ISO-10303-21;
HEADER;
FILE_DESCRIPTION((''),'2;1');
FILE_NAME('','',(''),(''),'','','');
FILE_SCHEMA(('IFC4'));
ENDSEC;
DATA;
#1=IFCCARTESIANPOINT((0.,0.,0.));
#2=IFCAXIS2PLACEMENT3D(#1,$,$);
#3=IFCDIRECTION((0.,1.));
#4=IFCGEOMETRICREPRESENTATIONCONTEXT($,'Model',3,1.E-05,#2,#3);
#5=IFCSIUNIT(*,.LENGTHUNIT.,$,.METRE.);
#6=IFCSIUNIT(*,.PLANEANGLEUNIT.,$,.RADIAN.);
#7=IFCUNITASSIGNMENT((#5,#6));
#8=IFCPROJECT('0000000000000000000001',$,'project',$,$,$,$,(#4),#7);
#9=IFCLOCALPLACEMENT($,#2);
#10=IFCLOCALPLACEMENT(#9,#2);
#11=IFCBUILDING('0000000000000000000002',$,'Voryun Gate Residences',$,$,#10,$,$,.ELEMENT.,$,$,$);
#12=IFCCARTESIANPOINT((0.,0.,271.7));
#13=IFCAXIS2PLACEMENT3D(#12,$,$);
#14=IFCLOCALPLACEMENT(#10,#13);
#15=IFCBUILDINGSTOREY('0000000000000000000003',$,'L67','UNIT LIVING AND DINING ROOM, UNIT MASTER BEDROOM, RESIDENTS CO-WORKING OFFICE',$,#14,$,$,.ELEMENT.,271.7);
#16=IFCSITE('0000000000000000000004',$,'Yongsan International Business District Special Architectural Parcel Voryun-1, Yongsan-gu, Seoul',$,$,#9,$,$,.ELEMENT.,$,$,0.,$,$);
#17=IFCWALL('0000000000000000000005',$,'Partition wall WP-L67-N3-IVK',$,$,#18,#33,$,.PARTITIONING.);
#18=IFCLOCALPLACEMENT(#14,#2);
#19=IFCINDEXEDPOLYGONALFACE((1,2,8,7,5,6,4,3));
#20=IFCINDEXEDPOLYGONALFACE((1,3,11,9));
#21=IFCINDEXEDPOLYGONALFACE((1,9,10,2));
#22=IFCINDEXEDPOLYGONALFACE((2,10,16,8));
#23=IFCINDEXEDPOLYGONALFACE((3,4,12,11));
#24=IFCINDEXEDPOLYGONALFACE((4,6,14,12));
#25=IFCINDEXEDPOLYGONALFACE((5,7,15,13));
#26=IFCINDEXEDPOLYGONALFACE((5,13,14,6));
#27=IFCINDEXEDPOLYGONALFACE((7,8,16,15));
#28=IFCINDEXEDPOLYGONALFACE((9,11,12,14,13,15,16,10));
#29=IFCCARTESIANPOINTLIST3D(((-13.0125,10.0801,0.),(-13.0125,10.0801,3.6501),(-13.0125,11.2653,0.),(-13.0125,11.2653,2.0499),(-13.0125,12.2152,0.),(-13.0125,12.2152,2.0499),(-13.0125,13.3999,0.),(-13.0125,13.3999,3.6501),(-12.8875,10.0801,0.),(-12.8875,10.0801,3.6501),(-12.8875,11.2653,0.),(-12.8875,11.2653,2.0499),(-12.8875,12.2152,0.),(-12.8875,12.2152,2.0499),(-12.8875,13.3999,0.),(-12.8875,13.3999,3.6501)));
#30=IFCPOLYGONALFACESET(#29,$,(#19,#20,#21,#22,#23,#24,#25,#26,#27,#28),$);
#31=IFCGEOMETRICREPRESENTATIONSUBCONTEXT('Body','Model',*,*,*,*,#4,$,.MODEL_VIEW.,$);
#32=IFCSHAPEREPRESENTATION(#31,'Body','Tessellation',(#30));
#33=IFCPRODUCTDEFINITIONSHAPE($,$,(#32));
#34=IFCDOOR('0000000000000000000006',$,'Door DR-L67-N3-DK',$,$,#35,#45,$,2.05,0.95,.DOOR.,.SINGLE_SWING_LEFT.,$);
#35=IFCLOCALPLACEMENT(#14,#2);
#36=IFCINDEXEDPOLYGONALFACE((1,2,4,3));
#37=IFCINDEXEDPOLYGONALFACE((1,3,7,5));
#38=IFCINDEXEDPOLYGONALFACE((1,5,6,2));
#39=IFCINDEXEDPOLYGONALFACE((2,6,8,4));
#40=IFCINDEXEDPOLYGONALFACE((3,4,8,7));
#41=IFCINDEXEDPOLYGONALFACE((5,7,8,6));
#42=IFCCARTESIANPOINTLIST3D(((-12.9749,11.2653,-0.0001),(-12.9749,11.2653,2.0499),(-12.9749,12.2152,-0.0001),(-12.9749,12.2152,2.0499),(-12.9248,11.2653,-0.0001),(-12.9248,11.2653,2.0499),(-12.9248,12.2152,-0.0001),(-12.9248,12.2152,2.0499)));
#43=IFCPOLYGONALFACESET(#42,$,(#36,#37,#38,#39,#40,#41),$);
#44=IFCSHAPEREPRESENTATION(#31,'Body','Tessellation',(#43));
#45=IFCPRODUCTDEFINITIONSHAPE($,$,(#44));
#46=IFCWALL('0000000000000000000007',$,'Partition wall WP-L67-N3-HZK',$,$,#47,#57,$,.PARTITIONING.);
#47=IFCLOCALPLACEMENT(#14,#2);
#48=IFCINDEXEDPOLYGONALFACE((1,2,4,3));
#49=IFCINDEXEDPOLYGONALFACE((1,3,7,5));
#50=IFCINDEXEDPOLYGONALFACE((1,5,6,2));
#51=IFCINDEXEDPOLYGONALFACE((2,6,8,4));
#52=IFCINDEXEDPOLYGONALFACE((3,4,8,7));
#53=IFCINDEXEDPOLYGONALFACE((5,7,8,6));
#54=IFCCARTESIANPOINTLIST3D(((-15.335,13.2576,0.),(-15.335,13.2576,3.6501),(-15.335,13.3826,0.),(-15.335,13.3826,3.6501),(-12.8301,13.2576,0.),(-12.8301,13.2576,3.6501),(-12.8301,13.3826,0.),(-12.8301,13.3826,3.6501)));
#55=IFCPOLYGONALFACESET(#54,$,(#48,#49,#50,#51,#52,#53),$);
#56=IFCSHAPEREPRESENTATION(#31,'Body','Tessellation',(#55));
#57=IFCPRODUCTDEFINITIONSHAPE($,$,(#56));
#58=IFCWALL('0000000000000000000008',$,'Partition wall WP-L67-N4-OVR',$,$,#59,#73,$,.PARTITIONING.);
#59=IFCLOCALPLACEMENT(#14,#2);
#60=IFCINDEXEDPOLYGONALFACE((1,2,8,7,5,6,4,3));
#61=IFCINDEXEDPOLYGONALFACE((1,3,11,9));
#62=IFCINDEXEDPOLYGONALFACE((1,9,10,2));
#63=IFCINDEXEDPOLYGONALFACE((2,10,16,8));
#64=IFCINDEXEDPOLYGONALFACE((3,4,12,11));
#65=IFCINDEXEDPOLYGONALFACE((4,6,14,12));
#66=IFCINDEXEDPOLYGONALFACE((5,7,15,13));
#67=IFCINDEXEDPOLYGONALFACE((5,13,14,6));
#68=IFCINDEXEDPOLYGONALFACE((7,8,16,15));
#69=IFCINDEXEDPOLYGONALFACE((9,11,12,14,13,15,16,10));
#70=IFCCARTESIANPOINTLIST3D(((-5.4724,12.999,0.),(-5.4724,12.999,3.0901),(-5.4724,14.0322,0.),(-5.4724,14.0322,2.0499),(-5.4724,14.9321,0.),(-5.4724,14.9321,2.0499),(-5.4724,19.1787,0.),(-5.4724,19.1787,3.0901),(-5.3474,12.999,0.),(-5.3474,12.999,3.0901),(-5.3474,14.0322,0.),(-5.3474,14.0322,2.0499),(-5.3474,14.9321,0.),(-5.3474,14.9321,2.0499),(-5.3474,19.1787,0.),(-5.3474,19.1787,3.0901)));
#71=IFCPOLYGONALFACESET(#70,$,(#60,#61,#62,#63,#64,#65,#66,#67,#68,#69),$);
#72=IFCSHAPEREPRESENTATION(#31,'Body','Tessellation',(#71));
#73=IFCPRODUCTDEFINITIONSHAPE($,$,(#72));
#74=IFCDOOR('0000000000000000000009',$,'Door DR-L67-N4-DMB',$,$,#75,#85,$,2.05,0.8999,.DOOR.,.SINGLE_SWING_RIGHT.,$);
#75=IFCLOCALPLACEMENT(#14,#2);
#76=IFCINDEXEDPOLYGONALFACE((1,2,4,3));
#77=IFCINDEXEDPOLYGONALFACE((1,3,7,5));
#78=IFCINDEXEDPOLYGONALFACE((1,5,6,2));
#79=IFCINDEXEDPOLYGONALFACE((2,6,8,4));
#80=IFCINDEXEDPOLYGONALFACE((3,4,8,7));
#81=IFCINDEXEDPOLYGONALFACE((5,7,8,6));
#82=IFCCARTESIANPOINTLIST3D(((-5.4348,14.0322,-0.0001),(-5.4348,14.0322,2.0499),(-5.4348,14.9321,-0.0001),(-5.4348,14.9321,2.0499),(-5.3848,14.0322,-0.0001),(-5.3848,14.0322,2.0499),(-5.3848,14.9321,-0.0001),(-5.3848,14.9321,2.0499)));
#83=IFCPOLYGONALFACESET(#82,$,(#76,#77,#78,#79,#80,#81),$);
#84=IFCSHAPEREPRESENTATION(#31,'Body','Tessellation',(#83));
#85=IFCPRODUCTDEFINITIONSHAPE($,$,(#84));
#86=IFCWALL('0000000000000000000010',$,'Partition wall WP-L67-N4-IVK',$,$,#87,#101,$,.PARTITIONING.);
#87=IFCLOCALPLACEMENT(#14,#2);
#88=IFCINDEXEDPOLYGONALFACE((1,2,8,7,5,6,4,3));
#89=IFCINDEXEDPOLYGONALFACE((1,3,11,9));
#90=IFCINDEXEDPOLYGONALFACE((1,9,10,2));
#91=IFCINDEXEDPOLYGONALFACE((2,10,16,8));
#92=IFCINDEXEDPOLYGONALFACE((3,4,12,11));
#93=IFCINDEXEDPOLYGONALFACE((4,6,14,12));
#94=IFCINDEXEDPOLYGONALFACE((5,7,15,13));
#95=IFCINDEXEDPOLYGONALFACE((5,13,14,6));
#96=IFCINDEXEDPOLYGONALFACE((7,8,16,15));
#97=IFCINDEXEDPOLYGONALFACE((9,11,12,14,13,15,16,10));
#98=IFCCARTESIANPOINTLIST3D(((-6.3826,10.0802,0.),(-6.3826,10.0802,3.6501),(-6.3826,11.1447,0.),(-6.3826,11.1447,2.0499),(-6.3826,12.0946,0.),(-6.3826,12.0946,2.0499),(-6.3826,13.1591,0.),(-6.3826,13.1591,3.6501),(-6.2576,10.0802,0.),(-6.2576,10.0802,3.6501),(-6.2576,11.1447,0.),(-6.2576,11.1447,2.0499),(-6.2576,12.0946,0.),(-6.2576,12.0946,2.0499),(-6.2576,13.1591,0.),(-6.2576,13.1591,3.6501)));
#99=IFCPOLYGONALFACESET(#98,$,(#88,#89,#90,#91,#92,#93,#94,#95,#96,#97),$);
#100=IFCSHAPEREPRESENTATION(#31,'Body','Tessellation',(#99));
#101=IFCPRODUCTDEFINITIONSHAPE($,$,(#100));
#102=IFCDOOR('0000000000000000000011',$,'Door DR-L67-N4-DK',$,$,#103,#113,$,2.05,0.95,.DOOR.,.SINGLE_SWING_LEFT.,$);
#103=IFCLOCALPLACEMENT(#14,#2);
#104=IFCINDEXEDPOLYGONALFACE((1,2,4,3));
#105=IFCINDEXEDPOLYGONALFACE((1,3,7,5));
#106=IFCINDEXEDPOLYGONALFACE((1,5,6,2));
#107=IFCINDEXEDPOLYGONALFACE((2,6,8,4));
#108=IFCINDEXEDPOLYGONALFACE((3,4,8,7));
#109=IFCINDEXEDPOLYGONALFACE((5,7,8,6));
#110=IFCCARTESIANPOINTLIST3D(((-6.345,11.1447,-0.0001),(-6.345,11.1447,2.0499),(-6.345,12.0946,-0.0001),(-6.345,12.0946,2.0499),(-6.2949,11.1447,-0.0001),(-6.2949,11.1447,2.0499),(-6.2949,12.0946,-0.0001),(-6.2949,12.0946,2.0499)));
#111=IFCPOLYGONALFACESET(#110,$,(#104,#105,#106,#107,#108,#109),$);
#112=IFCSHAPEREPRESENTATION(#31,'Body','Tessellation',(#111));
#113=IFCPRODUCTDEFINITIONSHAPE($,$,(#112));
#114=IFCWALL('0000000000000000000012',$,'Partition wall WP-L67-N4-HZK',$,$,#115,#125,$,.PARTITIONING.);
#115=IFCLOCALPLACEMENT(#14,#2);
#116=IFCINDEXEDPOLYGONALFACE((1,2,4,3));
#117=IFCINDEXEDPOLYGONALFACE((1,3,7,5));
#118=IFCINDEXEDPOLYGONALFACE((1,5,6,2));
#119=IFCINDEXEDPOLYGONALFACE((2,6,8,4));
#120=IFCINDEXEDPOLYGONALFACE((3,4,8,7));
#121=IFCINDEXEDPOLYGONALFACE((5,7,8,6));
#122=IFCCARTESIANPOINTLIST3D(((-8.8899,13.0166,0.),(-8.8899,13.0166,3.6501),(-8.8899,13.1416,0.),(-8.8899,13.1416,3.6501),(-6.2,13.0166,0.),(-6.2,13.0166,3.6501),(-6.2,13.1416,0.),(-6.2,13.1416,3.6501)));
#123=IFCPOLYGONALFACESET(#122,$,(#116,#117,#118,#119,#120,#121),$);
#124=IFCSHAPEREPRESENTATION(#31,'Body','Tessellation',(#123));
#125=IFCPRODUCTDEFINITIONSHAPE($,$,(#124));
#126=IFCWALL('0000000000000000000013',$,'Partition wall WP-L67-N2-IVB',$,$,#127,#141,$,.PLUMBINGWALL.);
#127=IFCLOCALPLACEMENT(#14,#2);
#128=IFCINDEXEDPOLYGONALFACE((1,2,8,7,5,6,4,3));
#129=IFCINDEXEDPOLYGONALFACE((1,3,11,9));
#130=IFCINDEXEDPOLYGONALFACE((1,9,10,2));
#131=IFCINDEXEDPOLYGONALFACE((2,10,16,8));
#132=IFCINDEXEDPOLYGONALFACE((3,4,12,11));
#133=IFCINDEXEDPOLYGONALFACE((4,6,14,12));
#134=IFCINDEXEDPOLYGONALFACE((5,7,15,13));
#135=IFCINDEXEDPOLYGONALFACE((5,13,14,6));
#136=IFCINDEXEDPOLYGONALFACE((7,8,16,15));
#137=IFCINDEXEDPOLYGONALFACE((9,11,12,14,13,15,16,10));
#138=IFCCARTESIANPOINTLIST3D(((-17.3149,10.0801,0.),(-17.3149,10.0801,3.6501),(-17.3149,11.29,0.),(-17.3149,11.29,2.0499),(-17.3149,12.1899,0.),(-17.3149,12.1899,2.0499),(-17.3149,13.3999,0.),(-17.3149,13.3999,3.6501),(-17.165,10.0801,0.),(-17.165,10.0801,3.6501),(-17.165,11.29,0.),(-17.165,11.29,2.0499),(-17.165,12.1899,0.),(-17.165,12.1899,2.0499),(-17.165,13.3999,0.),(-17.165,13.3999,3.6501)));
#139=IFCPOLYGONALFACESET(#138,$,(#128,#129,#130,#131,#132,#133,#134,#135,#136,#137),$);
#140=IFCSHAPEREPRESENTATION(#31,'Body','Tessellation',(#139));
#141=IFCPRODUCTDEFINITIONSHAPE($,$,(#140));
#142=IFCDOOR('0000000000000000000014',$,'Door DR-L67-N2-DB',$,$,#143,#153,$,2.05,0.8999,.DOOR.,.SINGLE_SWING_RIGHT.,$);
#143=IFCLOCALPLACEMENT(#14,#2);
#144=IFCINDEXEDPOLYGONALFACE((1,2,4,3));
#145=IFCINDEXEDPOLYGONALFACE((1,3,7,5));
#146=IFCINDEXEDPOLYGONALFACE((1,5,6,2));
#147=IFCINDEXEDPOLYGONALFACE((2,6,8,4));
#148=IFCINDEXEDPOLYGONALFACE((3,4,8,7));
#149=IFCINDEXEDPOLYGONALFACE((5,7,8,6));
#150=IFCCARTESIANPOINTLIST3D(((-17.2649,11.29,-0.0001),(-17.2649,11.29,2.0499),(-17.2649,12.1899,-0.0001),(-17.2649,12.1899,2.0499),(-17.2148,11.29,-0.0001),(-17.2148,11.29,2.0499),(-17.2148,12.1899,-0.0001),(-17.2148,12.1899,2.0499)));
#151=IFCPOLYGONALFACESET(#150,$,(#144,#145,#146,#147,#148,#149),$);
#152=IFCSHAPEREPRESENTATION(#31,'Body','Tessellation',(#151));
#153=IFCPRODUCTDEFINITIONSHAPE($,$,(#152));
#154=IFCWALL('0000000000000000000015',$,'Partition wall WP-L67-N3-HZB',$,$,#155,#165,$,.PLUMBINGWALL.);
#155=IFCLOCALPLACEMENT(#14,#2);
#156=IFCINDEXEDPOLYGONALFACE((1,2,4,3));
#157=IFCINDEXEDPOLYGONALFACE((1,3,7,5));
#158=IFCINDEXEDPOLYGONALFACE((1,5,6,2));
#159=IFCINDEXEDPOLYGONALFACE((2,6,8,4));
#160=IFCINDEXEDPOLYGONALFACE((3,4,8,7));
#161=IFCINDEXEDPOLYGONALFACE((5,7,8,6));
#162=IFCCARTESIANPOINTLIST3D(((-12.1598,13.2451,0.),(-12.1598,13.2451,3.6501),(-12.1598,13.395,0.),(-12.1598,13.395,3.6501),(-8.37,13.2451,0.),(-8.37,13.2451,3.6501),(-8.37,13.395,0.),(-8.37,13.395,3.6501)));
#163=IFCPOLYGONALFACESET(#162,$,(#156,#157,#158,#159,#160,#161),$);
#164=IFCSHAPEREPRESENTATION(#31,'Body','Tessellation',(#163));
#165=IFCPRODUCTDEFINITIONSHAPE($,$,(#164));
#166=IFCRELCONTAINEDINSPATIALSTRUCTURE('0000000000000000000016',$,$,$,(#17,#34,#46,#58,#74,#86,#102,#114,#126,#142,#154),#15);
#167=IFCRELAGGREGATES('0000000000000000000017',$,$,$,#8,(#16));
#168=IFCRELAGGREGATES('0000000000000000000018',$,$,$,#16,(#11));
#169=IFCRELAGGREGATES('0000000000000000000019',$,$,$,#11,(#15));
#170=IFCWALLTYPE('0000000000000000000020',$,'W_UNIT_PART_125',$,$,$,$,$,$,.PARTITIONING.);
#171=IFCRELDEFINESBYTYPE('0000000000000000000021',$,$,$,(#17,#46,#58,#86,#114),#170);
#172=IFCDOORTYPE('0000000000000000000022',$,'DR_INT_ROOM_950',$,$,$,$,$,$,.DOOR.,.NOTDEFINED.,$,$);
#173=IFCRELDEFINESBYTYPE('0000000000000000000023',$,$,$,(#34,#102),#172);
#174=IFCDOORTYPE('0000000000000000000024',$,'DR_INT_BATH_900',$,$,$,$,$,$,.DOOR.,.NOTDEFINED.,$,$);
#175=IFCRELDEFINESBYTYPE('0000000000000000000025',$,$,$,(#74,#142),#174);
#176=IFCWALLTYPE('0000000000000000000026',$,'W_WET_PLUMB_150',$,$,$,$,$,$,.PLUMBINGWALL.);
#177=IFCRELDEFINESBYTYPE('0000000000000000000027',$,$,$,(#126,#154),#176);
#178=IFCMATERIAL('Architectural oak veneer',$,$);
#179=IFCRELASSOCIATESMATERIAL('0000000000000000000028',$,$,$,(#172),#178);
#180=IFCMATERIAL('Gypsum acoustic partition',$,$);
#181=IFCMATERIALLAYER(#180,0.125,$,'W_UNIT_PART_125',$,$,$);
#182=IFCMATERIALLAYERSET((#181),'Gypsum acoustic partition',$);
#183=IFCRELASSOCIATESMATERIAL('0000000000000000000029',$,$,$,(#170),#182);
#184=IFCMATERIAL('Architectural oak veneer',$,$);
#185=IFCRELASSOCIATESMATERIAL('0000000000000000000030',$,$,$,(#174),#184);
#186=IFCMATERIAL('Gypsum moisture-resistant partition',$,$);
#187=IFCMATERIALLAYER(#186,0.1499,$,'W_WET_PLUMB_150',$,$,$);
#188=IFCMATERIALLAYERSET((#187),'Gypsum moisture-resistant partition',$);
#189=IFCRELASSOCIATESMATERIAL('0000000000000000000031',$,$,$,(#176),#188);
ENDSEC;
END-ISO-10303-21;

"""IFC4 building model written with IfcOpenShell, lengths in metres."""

from ifc_helpers import new_model, si_unit, direction, frame, frame_2d, origin, place, context, subcontext, project, spatial, rectangle, extrude, material, layer, layer_set, type_object, element, fill, save


model = new_model("IFC4")

# Units and contexts
model_context = context("Model", 3, precision=1e-05, world=origin(), true_north=direction((0.0, 1.0)))
body_context = subcontext(model_context, "Body", "Model", "MODEL_VIEW")
ifc_project = project(units=[si_unit("LENGTHUNIT", "METRE"), si_unit("PLANEANGLEUNIT", "RADIAN")], contexts=[model_context])

# Site, building, storey
site_placement = place(None, origin())
site = spatial("IfcSite", under=ifc_project, at=site_placement, Name="Yongsan International Business District Special Architectural Parcel Voryun-1, Yongsan-gu, Seoul", CompositionType="ELEMENT", RefElevation=0.0)
building_placement = place(site_placement, origin())
building = spatial("IfcBuilding", under=site, at=building_placement, Name="Voryun Gate Residences", CompositionType="ELEMENT")
storey_placement = place(building_placement, frame((0.0, 0.0, 271.7)))
storey = spatial("IfcBuildingStorey", under=building, at=storey_placement, Name="L67", Description="UNIT LIVING AND DINING ROOM, UNIT MASTER BEDROOM, RESIDENTS CO-WORKING OFFICE", CompositionType="ELEMENT", Elevation=271.7)

# Shared definitions
ifc_material_1 = material(Name="Architectural oak veneer")
door_type_1 = type_object("IfcDoorType", Name="DR_INT_ROOM_950", OperationType="NOTDEFINED", PredefinedType="DOOR", material=ifc_material_1)

# Wall, opening, door
ifc_material_2 = material(Name="Gypsum acoustic partition")
ifc_layer_1 = layer(ifc_material_2, 0.125, Name="W_UNIT_PART_125")
ifc_layer_set_1 = layer_set([ifc_layer_1], Name="Gypsum acoustic partition")
wall_type_1 = type_object("IfcWallType", Name="W_UNIT_PART_125", PredefinedType="PARTITIONING", material=ifc_layer_set_1)
ifc_material_3 = material(Name="Architectural oak veneer")
door_type_2 = type_object("IfcDoorType", Name="DR_INT_BATH_900", OperationType="NOTDEFINED", PredefinedType="DOOR", material=ifc_material_3)
wall_1_placement = place(storey_placement, frame((-12.95, 10.0801, 0.0), z_axis=(0.0, 0.0, 1.0), x_axis=(0.0, 1.0, 0.0)))
wall_1 = element("IfcWall", 1, at=wall_1_placement, inside=storey, type_object=wall_type_1, Name="Partition wall WP-L67-N3-IVK", PredefinedType="PARTITIONING", context=body_context, shape_type="SweptSolid", body=[
    extrude(rectangle(XDim=3.3198, YDim=0.125, at=frame_2d((1.6599, 0.0))), origin(), (0.0, 0.0, 1.0), 3.6501),
])
opening_1_placement = place(wall_1_placement, frame((1.1851, 0.0, 0.0)))
opening_1 = element("IfcOpeningElement", 2, at=opening_1_placement, cuts=wall_1, PredefinedType="OPENING", context=body_context, shape_type="SweptSolid", body=[
    extrude(rectangle(XDim=0.95, YDim=2.05, at=frame_2d((0.4751, 1.0249))), frame((0.0, 0.0725, 0.0), z_axis=(0.0, -1.0, 0.0), x_axis=(1.0, 0.0, 0.0)), (0.0, 0.0, 1.0), 0.145),
])
door_1_placement = place(opening_1_placement, origin())
door_1 = element("IfcDoor", 3, at=door_1_placement, inside=storey, type_object=door_type_1, Name="Door DR-L67-N3-DK", OperationType="SINGLE_SWING_LEFT", OverallHeight=2.05, OverallWidth=0.95, PredefinedType="DOOR", context=body_context, shape_type="SweptSolid", body=[
    extrude(rectangle(XDim=0.95, YDim=2.05, at=frame_2d((0.4751, 1.0249))), frame((0.0, 0.0249, 0.0), z_axis=(0.0, -1.0, 0.0), x_axis=(1.0, 0.0, 0.0)), (0.0, 0.0, 1.0), 0.05),
])
fill(opening_1, door_1)

# Wall
wall_2_placement = place(storey_placement, frame((-15.335, 13.3201, 0.0), z_axis=(0.0, 0.0, 1.0), x_axis=(1.0, 0.0, 0.0)))
element("IfcWall", 4, at=wall_2_placement, inside=storey, type_object=wall_type_1, Name="Partition wall WP-L67-N3-HZK", PredefinedType="PARTITIONING", context=body_context, shape_type="SweptSolid", body=[
    extrude(rectangle(XDim=2.5049, YDim=0.125, at=frame_2d((1.2524, 0.0))), origin(), (0.0, 0.0, 1.0), 3.6501),
])

# Walls, openings, doors
wall_3_placement = place(storey_placement, frame((-5.4099, 12.999, 0.0), z_axis=(0.0, 0.0, 1.0), x_axis=(0.0, 1.0, 0.0)))
wall_3 = element("IfcWall", 5, at=wall_3_placement, inside=storey, type_object=wall_type_1, Name="Partition wall WP-L67-N4-OVR", PredefinedType="PARTITIONING", context=body_context, shape_type="SweptSolid", body=[
    extrude(rectangle(XDim=6.1797, YDim=0.125, at=frame_2d((3.0898, 0.0))), origin(), (0.0, 0.0, 1.0), 3.0901),
])
opening_2_placement = place(wall_3_placement, frame((1.0332, 0.0, 0.0)))
opening_2 = element("IfcOpeningElement", 6, at=opening_2_placement, cuts=wall_3, PredefinedType="OPENING", context=body_context, shape_type="SweptSolid", body=[
    extrude(rectangle(XDim=0.8999, YDim=2.05, at=frame_2d((0.45, 1.0249))), frame((0.0, 0.0725, 0.0), z_axis=(0.0, -1.0, 0.0), x_axis=(1.0, 0.0, 0.0)), (0.0, 0.0, 1.0), 0.145),
])
door_2_placement = place(opening_2_placement, origin())
door_2 = element("IfcDoor", 7, at=door_2_placement, inside=storey, type_object=door_type_2, Name="Door DR-L67-N4-DMB", OperationType="SINGLE_SWING_RIGHT", OverallHeight=2.05, OverallWidth=0.8999, PredefinedType="DOOR", context=body_context, shape_type="SweptSolid", body=[
    extrude(rectangle(XDim=0.8999, YDim=2.05, at=frame_2d((0.45, 1.0249))), frame((0.0, 0.0249, 0.0), z_axis=(0.0, -1.0, 0.0), x_axis=(1.0, 0.0, 0.0)), (0.0, 0.0, 1.0), 0.05),
])
fill(opening_2, door_2)
wall_4_placement = place(storey_placement, frame((-6.3201, 10.0801, 0.0), z_axis=(0.0, 0.0, 1.0), x_axis=(0.0, 1.0, 0.0)))
wall_4 = element("IfcWall", 8, at=wall_4_placement, inside=storey, type_object=wall_type_1, Name="Partition wall WP-L67-N4-IVK", PredefinedType="PARTITIONING", context=body_context, shape_type="SweptSolid", body=[
    extrude(rectangle(XDim=3.0789, YDim=0.125, at=frame_2d((1.5396, 0.0))), origin(), (0.0, 0.0, 1.0), 3.6501),
])
opening_3_placement = place(wall_4_placement, frame((1.0645, 0.0, 0.0)))
opening_3 = element("IfcOpeningElement", 9, at=opening_3_placement, cuts=wall_4, PredefinedType="OPENING", context=body_context, shape_type="SweptSolid", body=[
    extrude(rectangle(XDim=0.95, YDim=2.05, at=frame_2d((0.4751, 1.0249))), frame((0.0, 0.0725, 0.0), z_axis=(0.0, -1.0, 0.0), x_axis=(1.0, 0.0, 0.0)), (0.0, 0.0, 1.0), 0.145),
])
door_3_placement = place(opening_3_placement, origin())
door_3 = element("IfcDoor", 10, at=door_3_placement, inside=storey, type_object=door_type_1, Name="Door DR-L67-N4-DK", OperationType="SINGLE_SWING_LEFT", OverallHeight=2.05, OverallWidth=0.95, PredefinedType="DOOR", context=body_context, shape_type="SweptSolid", body=[
    extrude(rectangle(XDim=0.95, YDim=2.05, at=frame_2d((0.4751, 1.0249))), frame((0.0, 0.0249, 0.0), z_axis=(0.0, -1.0, 0.0), x_axis=(1.0, 0.0, 0.0)), (0.0, 0.0, 1.0), 0.05),
])
fill(opening_3, door_3)

# Wall
wall_5_placement = place(storey_placement, frame((-8.8899, 13.0791, 0.0), z_axis=(0.0, 0.0, 1.0), x_axis=(1.0, 0.0, 0.0)))
element("IfcWall", 11, at=wall_5_placement, inside=storey, type_object=wall_type_1, Name="Partition wall WP-L67-N4-HZK", PredefinedType="PARTITIONING", context=body_context, shape_type="SweptSolid", body=[
    extrude(rectangle(XDim=2.6899, YDim=0.125, at=frame_2d((1.345, 0.0))), origin(), (0.0, 0.0, 1.0), 3.6501),
])

# Wall, opening, door
ifc_material_4 = material(Name="Gypsum moisture-resistant partition")
ifc_layer_2 = layer(ifc_material_4, 0.1499, Name="W_WET_PLUMB_150")
ifc_layer_set_2 = layer_set([ifc_layer_2], Name="Gypsum moisture-resistant partition")
wall_type_2 = type_object("IfcWallType", Name="W_WET_PLUMB_150", PredefinedType="PLUMBINGWALL", material=ifc_layer_set_2)
wall_6_placement = place(storey_placement, frame((-17.24, 10.0801, 0.0), z_axis=(0.0, 0.0, 1.0), x_axis=(0.0, 1.0, 0.0)))
wall_6 = element("IfcWall", 12, at=wall_6_placement, inside=storey, type_object=wall_type_2, Name="Partition wall WP-L67-N2-IVB", PredefinedType="PLUMBINGWALL", context=body_context, shape_type="SweptSolid", body=[
    extrude(rectangle(XDim=3.3198, YDim=0.1499, at=frame_2d((1.6599, 0.0))), origin(), (0.0, 0.0, 1.0), 3.6501),
])
opening_4_placement = place(wall_6_placement, frame((1.21, 0.0, 0.0)))
opening_4 = element("IfcOpeningElement", 13, at=opening_4_placement, cuts=wall_6, PredefinedType="OPENING", context=body_context, shape_type="SweptSolid", body=[
    extrude(rectangle(XDim=0.8999, YDim=2.05, at=frame_2d((0.45, 1.0249))), frame((0.0, 0.085, 0.0), z_axis=(0.0, -1.0, 0.0), x_axis=(1.0, 0.0, 0.0)), (0.0, 0.0, 1.0), 0.1699),
])
door_4_placement = place(opening_4_placement, origin())
door_4 = element("IfcDoor", 14, at=door_4_placement, inside=storey, type_object=door_type_2, Name="Door DR-L67-N2-DB", OperationType="SINGLE_SWING_RIGHT", OverallHeight=2.05, OverallWidth=0.8999, PredefinedType="DOOR", context=body_context, shape_type="SweptSolid", body=[
    extrude(rectangle(XDim=0.8999, YDim=2.05, at=frame_2d((0.45, 1.0249))), frame((0.0, 0.0249, 0.0), z_axis=(0.0, -1.0, 0.0), x_axis=(1.0, 0.0, 0.0)), (0.0, 0.0, 1.0), 0.05),
])
fill(opening_4, door_4)

# Wall
wall_7_placement = place(storey_placement, frame((-12.1599, 13.3201, 0.0), z_axis=(0.0, 0.0, 1.0), x_axis=(1.0, 0.0, 0.0)))
element("IfcWall", 15, at=wall_7_placement, inside=storey, type_object=wall_type_2, Name="Partition wall WP-L67-N3-HZB", PredefinedType="PLUMBINGWALL", context=body_context, shape_type="SweptSolid", body=[
    extrude(rectangle(XDim=3.7898, YDim=0.1499, at=frame_2d((1.895, 0.0))), origin(), (0.0, 0.0, 1.0), 3.6501),
])

save(model, "model.ifc")
